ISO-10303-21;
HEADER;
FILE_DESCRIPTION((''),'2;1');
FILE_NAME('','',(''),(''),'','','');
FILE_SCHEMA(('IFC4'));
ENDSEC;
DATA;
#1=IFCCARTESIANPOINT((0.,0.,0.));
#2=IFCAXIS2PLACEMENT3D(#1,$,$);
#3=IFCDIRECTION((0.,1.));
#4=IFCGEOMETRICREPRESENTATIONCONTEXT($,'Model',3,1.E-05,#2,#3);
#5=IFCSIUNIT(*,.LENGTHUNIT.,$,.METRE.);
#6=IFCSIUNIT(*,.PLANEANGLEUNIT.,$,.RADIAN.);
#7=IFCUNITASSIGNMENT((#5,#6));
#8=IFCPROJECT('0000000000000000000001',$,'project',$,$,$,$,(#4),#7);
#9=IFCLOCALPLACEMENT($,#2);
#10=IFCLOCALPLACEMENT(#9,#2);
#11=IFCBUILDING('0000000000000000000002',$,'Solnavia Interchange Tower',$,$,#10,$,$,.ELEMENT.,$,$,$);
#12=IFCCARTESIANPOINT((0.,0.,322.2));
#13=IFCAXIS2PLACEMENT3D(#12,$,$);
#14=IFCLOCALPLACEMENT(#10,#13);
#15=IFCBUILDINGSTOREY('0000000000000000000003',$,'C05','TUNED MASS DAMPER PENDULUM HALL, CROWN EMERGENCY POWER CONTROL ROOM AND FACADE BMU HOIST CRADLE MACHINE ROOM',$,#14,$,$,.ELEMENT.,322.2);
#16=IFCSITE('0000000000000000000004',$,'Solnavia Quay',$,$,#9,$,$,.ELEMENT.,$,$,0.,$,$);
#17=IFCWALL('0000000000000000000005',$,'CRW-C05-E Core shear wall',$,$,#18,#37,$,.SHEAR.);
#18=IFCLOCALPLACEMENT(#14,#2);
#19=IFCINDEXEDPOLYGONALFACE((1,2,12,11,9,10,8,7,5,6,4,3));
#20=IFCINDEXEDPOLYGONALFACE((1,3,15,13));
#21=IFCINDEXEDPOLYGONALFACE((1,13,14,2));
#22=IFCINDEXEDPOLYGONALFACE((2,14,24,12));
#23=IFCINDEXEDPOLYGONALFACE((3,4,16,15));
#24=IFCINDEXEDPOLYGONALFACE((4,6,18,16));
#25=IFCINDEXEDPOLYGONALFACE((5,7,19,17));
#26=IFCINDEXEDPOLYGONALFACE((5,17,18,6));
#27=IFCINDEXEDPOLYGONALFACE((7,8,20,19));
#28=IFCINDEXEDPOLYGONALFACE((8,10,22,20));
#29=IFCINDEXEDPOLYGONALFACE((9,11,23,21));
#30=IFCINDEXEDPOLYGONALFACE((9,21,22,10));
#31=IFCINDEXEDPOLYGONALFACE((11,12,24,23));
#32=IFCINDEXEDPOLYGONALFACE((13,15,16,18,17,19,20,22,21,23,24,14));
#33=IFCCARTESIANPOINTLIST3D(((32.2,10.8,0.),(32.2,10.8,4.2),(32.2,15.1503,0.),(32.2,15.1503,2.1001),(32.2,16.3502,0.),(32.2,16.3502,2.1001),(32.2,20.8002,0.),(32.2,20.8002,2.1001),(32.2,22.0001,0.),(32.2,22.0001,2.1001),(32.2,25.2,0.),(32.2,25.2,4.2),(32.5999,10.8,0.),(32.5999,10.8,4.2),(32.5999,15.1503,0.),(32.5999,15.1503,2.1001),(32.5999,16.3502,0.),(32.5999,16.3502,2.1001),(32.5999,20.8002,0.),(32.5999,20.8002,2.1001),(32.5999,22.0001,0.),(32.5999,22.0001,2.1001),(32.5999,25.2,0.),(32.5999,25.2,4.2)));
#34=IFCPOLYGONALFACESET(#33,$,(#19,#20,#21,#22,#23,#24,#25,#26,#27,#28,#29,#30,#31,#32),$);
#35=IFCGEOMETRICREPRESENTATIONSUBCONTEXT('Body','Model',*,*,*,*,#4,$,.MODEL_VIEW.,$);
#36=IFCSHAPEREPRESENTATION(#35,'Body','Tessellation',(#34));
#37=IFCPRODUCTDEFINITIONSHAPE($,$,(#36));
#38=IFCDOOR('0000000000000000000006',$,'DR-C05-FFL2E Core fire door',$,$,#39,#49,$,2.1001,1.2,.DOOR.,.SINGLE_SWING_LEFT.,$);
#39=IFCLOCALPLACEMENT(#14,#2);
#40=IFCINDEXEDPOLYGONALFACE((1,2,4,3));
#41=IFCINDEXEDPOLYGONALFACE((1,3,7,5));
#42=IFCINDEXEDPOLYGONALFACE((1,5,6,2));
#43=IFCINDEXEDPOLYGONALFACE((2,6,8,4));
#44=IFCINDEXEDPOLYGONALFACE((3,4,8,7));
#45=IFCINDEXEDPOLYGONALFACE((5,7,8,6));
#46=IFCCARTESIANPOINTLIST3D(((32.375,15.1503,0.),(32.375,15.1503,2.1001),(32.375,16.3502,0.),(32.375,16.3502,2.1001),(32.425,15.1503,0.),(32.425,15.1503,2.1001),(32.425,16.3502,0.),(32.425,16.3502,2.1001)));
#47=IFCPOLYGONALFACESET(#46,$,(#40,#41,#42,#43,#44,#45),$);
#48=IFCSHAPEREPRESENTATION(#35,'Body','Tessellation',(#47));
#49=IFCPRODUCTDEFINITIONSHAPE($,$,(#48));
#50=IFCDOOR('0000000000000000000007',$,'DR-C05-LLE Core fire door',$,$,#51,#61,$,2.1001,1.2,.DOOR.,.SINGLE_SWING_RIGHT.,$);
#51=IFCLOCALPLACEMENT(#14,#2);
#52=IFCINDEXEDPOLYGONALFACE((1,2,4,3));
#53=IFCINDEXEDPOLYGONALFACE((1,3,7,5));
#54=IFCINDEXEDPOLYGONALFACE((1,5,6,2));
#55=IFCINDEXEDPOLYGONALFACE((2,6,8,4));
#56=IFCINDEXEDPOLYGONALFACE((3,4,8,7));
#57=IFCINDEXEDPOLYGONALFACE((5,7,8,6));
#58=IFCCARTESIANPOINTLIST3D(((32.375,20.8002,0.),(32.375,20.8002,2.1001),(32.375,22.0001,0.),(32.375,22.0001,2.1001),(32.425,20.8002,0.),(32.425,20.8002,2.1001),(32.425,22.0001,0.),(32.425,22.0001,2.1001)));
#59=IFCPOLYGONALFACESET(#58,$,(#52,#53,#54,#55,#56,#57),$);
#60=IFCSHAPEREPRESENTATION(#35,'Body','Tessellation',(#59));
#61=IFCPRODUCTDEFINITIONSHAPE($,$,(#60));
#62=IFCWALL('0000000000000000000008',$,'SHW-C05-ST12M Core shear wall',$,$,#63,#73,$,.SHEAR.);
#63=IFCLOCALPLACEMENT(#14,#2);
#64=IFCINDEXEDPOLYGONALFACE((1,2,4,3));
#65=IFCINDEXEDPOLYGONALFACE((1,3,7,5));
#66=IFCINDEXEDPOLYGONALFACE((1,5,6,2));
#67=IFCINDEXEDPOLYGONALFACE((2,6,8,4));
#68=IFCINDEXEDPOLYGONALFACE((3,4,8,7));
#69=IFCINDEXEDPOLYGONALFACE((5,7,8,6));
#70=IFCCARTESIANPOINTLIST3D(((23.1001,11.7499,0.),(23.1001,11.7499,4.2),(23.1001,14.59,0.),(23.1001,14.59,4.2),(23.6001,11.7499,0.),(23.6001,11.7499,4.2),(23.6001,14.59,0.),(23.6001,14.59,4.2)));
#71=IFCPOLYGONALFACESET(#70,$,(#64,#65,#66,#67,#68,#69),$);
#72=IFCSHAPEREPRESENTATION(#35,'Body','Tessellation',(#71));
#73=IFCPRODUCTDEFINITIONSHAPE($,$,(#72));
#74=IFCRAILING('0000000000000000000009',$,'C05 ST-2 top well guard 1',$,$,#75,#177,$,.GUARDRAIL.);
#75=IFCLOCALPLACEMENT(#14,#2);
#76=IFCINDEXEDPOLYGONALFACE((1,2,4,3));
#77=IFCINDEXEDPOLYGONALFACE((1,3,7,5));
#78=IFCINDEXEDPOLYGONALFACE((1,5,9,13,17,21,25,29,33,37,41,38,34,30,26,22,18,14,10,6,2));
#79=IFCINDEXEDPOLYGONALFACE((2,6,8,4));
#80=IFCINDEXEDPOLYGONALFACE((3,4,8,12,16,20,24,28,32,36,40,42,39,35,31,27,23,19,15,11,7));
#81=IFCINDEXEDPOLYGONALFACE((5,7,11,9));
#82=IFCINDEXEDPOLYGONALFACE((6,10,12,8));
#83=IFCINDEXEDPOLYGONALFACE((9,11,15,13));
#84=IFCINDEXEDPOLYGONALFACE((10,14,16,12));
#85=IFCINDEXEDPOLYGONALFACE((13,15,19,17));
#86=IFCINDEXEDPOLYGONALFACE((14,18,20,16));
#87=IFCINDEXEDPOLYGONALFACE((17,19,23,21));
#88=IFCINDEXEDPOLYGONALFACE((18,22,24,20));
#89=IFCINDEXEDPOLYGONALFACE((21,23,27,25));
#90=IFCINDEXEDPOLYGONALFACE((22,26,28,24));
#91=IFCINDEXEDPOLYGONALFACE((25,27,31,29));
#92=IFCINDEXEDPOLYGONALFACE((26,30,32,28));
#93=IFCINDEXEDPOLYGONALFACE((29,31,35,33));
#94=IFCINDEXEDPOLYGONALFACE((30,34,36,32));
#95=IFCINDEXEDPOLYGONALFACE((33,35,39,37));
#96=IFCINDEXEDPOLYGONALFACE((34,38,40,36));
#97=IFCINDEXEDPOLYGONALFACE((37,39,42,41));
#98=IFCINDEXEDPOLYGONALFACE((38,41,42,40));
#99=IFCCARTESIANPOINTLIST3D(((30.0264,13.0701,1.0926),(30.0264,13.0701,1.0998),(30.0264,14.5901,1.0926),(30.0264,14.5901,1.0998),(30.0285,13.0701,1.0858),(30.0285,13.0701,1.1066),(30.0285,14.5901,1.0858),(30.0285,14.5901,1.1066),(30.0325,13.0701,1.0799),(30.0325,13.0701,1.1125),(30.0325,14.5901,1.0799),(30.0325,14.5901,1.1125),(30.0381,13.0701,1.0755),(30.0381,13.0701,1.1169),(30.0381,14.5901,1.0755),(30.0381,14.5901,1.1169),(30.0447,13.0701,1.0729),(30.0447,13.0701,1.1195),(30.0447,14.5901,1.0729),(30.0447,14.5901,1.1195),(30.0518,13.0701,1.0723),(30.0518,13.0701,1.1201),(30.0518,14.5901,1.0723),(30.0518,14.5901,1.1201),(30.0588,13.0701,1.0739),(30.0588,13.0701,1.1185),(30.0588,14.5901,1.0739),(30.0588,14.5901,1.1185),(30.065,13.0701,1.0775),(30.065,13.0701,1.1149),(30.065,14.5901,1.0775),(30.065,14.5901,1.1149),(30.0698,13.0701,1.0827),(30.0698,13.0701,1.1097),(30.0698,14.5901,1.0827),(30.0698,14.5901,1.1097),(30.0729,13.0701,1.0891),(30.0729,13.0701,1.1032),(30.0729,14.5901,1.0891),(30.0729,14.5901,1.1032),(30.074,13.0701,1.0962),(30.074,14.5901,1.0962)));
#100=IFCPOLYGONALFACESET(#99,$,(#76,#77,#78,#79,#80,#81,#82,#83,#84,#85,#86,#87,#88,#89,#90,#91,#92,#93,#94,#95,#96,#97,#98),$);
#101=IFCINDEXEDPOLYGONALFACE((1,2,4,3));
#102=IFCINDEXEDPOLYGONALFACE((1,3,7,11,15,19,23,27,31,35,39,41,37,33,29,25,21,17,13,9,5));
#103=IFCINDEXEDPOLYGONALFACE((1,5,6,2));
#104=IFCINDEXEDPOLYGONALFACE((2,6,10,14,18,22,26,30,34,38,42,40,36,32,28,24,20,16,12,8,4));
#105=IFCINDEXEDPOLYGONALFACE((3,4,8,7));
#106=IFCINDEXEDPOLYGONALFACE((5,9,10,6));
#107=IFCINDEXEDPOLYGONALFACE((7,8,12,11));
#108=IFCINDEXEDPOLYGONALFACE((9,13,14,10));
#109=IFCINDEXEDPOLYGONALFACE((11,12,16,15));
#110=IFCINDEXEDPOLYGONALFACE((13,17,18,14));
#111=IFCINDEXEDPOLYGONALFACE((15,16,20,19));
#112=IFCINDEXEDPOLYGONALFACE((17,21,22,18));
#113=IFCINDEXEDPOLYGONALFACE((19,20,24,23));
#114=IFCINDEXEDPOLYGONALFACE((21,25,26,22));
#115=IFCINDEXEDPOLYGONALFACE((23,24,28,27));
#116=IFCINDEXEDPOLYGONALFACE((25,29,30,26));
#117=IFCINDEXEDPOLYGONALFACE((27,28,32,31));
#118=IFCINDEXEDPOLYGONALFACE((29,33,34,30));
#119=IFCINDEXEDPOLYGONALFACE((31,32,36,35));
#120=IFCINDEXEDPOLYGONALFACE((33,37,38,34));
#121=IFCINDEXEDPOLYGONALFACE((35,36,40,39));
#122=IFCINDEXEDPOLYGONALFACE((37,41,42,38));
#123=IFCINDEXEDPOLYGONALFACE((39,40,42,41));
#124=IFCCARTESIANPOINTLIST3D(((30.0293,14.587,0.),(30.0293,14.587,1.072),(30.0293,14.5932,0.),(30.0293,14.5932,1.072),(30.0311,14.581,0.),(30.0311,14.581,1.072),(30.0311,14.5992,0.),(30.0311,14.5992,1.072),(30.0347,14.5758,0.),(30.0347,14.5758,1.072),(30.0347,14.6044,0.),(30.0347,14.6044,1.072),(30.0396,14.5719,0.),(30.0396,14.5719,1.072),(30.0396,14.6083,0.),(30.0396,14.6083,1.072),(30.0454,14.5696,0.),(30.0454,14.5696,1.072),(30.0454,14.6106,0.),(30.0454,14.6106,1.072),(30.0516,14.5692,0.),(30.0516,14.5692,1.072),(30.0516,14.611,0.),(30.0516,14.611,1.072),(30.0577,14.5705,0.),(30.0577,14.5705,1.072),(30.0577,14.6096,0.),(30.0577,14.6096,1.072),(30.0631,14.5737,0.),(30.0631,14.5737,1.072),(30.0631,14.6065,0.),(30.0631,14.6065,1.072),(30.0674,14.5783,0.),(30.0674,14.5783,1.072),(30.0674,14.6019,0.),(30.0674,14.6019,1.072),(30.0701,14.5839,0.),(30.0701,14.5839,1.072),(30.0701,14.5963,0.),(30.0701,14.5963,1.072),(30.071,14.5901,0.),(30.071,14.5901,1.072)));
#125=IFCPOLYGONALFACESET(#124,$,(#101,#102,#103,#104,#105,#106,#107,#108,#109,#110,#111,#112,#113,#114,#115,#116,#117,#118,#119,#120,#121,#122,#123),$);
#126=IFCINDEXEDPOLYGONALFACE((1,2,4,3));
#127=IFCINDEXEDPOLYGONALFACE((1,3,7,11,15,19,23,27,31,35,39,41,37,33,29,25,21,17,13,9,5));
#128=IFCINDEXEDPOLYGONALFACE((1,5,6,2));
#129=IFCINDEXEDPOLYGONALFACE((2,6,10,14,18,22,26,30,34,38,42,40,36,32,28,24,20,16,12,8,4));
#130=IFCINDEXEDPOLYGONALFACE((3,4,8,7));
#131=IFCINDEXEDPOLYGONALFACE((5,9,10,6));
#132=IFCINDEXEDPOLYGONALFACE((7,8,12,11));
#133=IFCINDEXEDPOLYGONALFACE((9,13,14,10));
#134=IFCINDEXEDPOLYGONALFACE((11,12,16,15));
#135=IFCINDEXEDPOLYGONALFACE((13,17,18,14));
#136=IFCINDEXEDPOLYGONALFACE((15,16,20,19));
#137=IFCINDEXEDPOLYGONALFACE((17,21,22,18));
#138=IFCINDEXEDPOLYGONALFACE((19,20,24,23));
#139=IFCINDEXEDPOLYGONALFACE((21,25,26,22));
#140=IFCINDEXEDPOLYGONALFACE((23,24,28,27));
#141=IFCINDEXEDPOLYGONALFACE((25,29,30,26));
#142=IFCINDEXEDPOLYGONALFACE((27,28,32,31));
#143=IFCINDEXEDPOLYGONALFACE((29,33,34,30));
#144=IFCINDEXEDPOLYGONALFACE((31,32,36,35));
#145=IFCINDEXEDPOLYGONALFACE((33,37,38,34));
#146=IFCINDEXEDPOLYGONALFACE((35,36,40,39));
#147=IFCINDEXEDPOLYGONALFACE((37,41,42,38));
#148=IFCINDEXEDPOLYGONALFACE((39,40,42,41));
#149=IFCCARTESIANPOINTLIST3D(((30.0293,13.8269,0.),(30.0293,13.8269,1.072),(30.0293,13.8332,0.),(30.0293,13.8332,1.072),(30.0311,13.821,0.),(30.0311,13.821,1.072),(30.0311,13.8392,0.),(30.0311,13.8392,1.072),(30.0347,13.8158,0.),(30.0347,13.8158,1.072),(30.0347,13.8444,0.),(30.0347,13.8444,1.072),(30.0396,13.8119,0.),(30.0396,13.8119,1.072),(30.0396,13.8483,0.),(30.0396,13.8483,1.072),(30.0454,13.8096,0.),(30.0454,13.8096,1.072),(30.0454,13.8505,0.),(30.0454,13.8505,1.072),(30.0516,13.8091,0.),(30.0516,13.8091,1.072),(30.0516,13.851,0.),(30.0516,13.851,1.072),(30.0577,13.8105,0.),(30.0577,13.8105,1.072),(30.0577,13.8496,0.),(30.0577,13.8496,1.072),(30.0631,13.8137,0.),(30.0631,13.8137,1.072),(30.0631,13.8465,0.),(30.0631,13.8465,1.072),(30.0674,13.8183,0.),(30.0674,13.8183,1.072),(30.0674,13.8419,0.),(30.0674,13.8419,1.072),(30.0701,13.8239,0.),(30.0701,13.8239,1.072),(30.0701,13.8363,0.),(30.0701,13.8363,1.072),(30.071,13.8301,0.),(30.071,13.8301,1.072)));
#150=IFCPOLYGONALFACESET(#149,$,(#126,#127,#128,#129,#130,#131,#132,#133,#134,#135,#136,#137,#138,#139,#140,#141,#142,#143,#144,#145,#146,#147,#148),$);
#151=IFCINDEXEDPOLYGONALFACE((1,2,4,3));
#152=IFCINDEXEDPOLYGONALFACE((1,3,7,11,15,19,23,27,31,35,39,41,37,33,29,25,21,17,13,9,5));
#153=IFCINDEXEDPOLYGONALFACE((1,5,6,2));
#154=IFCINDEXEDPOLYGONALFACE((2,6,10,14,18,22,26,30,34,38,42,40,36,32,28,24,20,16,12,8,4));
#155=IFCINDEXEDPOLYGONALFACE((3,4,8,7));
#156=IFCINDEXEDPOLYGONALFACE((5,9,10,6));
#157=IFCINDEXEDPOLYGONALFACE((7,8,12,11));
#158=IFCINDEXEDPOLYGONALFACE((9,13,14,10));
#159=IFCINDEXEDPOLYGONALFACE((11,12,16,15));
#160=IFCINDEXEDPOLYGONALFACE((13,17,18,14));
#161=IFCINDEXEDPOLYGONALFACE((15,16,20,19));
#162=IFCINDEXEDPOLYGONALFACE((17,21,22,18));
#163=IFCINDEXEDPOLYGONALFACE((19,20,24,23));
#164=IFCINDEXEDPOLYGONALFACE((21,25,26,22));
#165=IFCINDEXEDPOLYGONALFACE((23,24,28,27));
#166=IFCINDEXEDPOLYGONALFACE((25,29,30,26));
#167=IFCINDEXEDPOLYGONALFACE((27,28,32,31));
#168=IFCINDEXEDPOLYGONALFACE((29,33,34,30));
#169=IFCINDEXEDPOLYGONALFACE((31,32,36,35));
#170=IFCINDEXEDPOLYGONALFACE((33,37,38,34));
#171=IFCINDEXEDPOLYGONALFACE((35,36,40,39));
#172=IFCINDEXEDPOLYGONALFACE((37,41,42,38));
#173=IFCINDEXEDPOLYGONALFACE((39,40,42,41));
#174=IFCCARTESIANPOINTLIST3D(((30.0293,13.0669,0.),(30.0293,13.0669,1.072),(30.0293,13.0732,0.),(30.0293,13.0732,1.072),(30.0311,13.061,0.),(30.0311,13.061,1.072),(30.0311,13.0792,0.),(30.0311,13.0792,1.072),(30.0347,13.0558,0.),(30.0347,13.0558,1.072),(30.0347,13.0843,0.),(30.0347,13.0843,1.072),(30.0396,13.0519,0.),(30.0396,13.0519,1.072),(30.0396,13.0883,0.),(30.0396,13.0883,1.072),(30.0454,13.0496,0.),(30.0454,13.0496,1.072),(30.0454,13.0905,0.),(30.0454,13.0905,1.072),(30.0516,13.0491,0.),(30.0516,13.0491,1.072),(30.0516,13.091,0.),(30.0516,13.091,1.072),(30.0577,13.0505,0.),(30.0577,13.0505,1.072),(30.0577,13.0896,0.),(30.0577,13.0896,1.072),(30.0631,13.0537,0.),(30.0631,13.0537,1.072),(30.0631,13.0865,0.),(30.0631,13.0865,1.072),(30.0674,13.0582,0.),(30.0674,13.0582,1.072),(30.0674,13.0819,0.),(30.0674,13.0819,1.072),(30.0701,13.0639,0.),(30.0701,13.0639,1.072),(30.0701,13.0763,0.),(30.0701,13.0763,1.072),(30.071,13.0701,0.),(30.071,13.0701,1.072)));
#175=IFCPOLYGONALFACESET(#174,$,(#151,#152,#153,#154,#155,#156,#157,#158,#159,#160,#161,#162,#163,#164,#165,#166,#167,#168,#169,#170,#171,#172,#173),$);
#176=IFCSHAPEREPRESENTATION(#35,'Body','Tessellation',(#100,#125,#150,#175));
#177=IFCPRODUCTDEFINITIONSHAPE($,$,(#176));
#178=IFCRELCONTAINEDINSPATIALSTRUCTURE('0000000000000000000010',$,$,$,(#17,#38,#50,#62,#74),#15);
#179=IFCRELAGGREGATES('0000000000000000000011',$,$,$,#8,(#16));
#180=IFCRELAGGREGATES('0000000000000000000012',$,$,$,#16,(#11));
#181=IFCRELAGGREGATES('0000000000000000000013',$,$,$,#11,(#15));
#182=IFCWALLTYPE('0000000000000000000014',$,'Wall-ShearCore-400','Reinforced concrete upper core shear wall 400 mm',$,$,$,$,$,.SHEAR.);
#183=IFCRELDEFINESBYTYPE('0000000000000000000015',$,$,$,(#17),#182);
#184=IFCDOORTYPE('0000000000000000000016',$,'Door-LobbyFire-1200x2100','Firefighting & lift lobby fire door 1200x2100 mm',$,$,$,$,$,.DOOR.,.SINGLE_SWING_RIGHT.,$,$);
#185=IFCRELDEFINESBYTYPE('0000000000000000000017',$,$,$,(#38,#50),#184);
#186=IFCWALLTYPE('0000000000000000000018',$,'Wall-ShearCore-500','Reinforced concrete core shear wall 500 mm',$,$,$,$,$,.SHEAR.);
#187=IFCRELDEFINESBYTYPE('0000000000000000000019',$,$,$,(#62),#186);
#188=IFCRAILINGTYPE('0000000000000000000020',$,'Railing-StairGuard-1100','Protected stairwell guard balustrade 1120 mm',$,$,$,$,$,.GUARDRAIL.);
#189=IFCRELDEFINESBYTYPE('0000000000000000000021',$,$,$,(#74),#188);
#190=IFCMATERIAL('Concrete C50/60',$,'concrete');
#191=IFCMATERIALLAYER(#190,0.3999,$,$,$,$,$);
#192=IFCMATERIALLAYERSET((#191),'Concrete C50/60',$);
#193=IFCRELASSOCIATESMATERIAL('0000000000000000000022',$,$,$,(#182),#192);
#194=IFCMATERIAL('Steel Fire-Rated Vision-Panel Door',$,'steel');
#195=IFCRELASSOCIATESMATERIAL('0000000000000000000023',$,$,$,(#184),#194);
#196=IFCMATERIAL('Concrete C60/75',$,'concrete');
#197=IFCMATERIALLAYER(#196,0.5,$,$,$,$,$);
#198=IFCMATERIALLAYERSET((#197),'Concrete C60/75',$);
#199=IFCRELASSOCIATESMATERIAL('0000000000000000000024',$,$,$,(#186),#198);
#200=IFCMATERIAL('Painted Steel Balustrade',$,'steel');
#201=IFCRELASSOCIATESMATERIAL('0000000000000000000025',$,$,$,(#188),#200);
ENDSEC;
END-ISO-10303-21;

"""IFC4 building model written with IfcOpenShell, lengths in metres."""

from ifc_helpers import new_model, si_unit, direction, frame, frame_2d, origin, origin_2d, place, context, subcontext, project, spatial, rectangle, circle, extrude, material, layer, layer_set, type_object, element, fill, save


model = new_model("IFC4")

# Units and contexts
model_context = context("Model", 3, precision=1e-05, world=origin(), true_north=direction((0.0, 1.0)))
body_context = subcontext(model_context, "Body", "Model", "MODEL_VIEW")
ifc_project = project(units=[si_unit("LENGTHUNIT", "METRE"), si_unit("PLANEANGLEUNIT", "RADIAN")], contexts=[model_context])

# Site, building, storey
site_placement = place(None, origin())
site = spatial("IfcSite", under=ifc_project, at=site_placement, Name="Solnavia Quay", CompositionType="ELEMENT", RefElevation=0.0)
building_placement = place(site_placement, origin())
building = spatial("IfcBuilding", under=site, at=building_placement, Name="Solnavia Interchange Tower", CompositionType="ELEMENT")
storey_placement = place(building_placement, frame((0.0, 0.0, 322.2)))
storey = spatial("IfcBuildingStorey", under=building, at=storey_placement, Name="C05", Description="TUNED MASS DAMPER PENDULUM HALL, CROWN EMERGENCY POWER CONTROL ROOM AND FACADE BMU HOIST CRADLE MACHINE ROOM", CompositionType="ELEMENT", Elevation=322.2)

# Wall, openings, doors
ifc_material_1 = material(Name="Concrete C50/60", Category="concrete")
ifc_layer_1 = layer(ifc_material_1, 0.3999)
ifc_layer_set_1 = layer_set([ifc_layer_1], Name="Concrete C50/60")
wall_type_1 = type_object("IfcWallType", Name="Wall-ShearCore-400", Description="Reinforced concrete upper core shear wall 400 mm", PredefinedType="SHEAR", material=ifc_layer_set_1)
wall_1_placement = place(storey_placement, frame((32.3999, 10.8, 0.0), z_axis=(0.0, 0.0, 1.0), x_axis=(0.0, 1.0, 0.0)))
wall_1 = element("IfcWall", 1, at=wall_1_placement, inside=storey, type_object=wall_type_1, Name="CRW-C05-E Core shear wall", PredefinedType="SHEAR", context=body_context, shape_type="SweptSolid", body=[
    extrude(rectangle(XDim=14.3999, YDim=0.3999, at=frame_2d((7.2, 0.0))), origin(), (0.0, 0.0, 1.0), 4.2),
])
opening_1_placement = place(wall_1_placement, frame((4.3501, 0.0, 0.0)))
opening_1 = element("IfcOpeningElement", 2, at=opening_1_placement, cuts=wall_1, PredefinedType="OPENING", context=body_context, shape_type="SweptSolid", body=[
    extrude(rectangle(XDim=1.2, YDim=2.1001, at=frame_2d((0.6001, 1.05))), frame((0.0, 0.21, 0.0), z_axis=(0.0, -1.0, 0.0), x_axis=(1.0, 0.0, 0.0)), (0.0, 0.0, 1.0), 0.4199),
])
opening_2_placement = place(wall_1_placement, frame((10.0, 0.0, 0.0)))
opening_2 = element("IfcOpeningElement", 3, at=opening_2_placement, cuts=wall_1, PredefinedType="OPENING", context=body_context, shape_type="SweptSolid", body=[
    extrude(rectangle(XDim=1.2, YDim=2.1001, at=frame_2d((0.6001, 1.05))), frame((0.0, 0.21, 0.0), z_axis=(0.0, -1.0, 0.0), x_axis=(1.0, 0.0, 0.0)), (0.0, 0.0, 1.0), 0.4199),
])
ifc_material_2 = material(Name="Steel Fire-Rated Vision-Panel Door", Category="steel")
door_type_1 = type_object("IfcDoorType", Name="Door-LobbyFire-1200x2100", Description="Firefighting & lift lobby fire door 1200x2100 mm", OperationType="SINGLE_SWING_RIGHT", PredefinedType="DOOR", material=ifc_material_2)
door_1_placement = place(opening_1_placement, origin())
door_1 = element("IfcDoor", 4, at=door_1_placement, inside=storey, type_object=door_type_1, Name="DR-C05-FFL2E Core fire door", OperationType="SINGLE_SWING_LEFT", OverallHeight=2.1001, OverallWidth=1.2, PredefinedType="DOOR", context=body_context, shape_type="SweptSolid", body=[
    extrude(rectangle(XDim=1.2, YDim=2.1001, at=frame_2d((0.6001, 1.05))), frame((0.0, 0.0249, 0.0), z_axis=(0.0, -1.0, 0.0), x_axis=(1.0, 0.0, 0.0)), (0.0, 0.0, 1.0), 0.05),
])
fill(opening_1, door_1)
door_2_placement = place(opening_2_placement, origin())
door_2 = element("IfcDoor", 5, at=door_2_placement, inside=storey, type_object=door_type_1, Name="DR-C05-LLE Core fire door", OperationType="SINGLE_SWING_RIGHT", OverallHeight=2.1001, OverallWidth=1.2, PredefinedType="DOOR", context=body_context, shape_type="SweptSolid", body=[
    extrude(rectangle(XDim=1.2, YDim=2.1001, at=frame_2d((0.6001, 1.05))), frame((0.0, 0.0249, 0.0), z_axis=(0.0, -1.0, 0.0), x_axis=(1.0, 0.0, 0.0)), (0.0, 0.0, 1.0), 0.05),
])
fill(opening_2, door_2)

# Wall
ifc_material_3 = material(Name="Concrete C60/75", Category="concrete")
ifc_layer_2 = layer(ifc_material_3, 0.5)
ifc_layer_set_2 = layer_set([ifc_layer_2], Name="Concrete C60/75")
wall_type_2 = type_object("IfcWallType", Name="Wall-ShearCore-500", Description="Reinforced concrete core shear wall 500 mm", PredefinedType="SHEAR", material=ifc_layer_set_2)
wall_2_placement = place(storey_placement, frame((23.3501, 11.75, 0.0), z_axis=(0.0, 0.0, 1.0), x_axis=(0.0, 1.0, 0.0)))
element("IfcWall", 6, at=wall_2_placement, inside=storey, type_object=wall_type_2, Name="SHW-C05-ST12M Core shear wall", PredefinedType="SHEAR", context=body_context, shape_type="SweptSolid", body=[
    extrude(rectangle(XDim=2.8401, YDim=0.5, at=frame_2d((1.4199, 0.0))), origin(), (0.0, 0.0, 1.0), 4.2),
])

# Railing
ifc_material_4 = material(Name="Painted Steel Balustrade", Category="steel")
railing_type = type_object("IfcRailingType", Name="Railing-StairGuard-1100", Description="Protected stairwell guard balustrade 1120 mm", PredefinedType="GUARDRAIL", material=ifc_material_4)
railing_placement = place(storey_placement, frame((30.05, 14.5901, 0.0)))
element("IfcRailing", 7, at=railing_placement, inside=storey, type_object=railing_type, Name="C05 ST-2 top well guard 1", PredefinedType="GUARDRAIL", context=body_context, shape_type="SweptSolid", body=[
    extrude(circle(Radius=0.0239, at=origin_2d()), frame((0.0, 0.0, 1.0962), z_axis=(0.0, -1.0, 0.0), x_axis=(1.0, 0.0, 0.0)), (0.0, 0.0, 1.0), 1.52),
    extrude(circle(Radius=0.021, at=origin_2d()), origin(), (0.0, 0.0, 1.0), 1.072),
    extrude(circle(Radius=0.021, at=origin_2d()), frame((0.0, -0.76, 0.0)), (0.0, 0.0, 1.0), 1.072),
    extrude(circle(Radius=0.021, at=origin_2d()), frame((0.0, -1.52, 0.0)), (0.0, 0.0, 1.0), 1.072),
])

save(model, "model.ifc")
